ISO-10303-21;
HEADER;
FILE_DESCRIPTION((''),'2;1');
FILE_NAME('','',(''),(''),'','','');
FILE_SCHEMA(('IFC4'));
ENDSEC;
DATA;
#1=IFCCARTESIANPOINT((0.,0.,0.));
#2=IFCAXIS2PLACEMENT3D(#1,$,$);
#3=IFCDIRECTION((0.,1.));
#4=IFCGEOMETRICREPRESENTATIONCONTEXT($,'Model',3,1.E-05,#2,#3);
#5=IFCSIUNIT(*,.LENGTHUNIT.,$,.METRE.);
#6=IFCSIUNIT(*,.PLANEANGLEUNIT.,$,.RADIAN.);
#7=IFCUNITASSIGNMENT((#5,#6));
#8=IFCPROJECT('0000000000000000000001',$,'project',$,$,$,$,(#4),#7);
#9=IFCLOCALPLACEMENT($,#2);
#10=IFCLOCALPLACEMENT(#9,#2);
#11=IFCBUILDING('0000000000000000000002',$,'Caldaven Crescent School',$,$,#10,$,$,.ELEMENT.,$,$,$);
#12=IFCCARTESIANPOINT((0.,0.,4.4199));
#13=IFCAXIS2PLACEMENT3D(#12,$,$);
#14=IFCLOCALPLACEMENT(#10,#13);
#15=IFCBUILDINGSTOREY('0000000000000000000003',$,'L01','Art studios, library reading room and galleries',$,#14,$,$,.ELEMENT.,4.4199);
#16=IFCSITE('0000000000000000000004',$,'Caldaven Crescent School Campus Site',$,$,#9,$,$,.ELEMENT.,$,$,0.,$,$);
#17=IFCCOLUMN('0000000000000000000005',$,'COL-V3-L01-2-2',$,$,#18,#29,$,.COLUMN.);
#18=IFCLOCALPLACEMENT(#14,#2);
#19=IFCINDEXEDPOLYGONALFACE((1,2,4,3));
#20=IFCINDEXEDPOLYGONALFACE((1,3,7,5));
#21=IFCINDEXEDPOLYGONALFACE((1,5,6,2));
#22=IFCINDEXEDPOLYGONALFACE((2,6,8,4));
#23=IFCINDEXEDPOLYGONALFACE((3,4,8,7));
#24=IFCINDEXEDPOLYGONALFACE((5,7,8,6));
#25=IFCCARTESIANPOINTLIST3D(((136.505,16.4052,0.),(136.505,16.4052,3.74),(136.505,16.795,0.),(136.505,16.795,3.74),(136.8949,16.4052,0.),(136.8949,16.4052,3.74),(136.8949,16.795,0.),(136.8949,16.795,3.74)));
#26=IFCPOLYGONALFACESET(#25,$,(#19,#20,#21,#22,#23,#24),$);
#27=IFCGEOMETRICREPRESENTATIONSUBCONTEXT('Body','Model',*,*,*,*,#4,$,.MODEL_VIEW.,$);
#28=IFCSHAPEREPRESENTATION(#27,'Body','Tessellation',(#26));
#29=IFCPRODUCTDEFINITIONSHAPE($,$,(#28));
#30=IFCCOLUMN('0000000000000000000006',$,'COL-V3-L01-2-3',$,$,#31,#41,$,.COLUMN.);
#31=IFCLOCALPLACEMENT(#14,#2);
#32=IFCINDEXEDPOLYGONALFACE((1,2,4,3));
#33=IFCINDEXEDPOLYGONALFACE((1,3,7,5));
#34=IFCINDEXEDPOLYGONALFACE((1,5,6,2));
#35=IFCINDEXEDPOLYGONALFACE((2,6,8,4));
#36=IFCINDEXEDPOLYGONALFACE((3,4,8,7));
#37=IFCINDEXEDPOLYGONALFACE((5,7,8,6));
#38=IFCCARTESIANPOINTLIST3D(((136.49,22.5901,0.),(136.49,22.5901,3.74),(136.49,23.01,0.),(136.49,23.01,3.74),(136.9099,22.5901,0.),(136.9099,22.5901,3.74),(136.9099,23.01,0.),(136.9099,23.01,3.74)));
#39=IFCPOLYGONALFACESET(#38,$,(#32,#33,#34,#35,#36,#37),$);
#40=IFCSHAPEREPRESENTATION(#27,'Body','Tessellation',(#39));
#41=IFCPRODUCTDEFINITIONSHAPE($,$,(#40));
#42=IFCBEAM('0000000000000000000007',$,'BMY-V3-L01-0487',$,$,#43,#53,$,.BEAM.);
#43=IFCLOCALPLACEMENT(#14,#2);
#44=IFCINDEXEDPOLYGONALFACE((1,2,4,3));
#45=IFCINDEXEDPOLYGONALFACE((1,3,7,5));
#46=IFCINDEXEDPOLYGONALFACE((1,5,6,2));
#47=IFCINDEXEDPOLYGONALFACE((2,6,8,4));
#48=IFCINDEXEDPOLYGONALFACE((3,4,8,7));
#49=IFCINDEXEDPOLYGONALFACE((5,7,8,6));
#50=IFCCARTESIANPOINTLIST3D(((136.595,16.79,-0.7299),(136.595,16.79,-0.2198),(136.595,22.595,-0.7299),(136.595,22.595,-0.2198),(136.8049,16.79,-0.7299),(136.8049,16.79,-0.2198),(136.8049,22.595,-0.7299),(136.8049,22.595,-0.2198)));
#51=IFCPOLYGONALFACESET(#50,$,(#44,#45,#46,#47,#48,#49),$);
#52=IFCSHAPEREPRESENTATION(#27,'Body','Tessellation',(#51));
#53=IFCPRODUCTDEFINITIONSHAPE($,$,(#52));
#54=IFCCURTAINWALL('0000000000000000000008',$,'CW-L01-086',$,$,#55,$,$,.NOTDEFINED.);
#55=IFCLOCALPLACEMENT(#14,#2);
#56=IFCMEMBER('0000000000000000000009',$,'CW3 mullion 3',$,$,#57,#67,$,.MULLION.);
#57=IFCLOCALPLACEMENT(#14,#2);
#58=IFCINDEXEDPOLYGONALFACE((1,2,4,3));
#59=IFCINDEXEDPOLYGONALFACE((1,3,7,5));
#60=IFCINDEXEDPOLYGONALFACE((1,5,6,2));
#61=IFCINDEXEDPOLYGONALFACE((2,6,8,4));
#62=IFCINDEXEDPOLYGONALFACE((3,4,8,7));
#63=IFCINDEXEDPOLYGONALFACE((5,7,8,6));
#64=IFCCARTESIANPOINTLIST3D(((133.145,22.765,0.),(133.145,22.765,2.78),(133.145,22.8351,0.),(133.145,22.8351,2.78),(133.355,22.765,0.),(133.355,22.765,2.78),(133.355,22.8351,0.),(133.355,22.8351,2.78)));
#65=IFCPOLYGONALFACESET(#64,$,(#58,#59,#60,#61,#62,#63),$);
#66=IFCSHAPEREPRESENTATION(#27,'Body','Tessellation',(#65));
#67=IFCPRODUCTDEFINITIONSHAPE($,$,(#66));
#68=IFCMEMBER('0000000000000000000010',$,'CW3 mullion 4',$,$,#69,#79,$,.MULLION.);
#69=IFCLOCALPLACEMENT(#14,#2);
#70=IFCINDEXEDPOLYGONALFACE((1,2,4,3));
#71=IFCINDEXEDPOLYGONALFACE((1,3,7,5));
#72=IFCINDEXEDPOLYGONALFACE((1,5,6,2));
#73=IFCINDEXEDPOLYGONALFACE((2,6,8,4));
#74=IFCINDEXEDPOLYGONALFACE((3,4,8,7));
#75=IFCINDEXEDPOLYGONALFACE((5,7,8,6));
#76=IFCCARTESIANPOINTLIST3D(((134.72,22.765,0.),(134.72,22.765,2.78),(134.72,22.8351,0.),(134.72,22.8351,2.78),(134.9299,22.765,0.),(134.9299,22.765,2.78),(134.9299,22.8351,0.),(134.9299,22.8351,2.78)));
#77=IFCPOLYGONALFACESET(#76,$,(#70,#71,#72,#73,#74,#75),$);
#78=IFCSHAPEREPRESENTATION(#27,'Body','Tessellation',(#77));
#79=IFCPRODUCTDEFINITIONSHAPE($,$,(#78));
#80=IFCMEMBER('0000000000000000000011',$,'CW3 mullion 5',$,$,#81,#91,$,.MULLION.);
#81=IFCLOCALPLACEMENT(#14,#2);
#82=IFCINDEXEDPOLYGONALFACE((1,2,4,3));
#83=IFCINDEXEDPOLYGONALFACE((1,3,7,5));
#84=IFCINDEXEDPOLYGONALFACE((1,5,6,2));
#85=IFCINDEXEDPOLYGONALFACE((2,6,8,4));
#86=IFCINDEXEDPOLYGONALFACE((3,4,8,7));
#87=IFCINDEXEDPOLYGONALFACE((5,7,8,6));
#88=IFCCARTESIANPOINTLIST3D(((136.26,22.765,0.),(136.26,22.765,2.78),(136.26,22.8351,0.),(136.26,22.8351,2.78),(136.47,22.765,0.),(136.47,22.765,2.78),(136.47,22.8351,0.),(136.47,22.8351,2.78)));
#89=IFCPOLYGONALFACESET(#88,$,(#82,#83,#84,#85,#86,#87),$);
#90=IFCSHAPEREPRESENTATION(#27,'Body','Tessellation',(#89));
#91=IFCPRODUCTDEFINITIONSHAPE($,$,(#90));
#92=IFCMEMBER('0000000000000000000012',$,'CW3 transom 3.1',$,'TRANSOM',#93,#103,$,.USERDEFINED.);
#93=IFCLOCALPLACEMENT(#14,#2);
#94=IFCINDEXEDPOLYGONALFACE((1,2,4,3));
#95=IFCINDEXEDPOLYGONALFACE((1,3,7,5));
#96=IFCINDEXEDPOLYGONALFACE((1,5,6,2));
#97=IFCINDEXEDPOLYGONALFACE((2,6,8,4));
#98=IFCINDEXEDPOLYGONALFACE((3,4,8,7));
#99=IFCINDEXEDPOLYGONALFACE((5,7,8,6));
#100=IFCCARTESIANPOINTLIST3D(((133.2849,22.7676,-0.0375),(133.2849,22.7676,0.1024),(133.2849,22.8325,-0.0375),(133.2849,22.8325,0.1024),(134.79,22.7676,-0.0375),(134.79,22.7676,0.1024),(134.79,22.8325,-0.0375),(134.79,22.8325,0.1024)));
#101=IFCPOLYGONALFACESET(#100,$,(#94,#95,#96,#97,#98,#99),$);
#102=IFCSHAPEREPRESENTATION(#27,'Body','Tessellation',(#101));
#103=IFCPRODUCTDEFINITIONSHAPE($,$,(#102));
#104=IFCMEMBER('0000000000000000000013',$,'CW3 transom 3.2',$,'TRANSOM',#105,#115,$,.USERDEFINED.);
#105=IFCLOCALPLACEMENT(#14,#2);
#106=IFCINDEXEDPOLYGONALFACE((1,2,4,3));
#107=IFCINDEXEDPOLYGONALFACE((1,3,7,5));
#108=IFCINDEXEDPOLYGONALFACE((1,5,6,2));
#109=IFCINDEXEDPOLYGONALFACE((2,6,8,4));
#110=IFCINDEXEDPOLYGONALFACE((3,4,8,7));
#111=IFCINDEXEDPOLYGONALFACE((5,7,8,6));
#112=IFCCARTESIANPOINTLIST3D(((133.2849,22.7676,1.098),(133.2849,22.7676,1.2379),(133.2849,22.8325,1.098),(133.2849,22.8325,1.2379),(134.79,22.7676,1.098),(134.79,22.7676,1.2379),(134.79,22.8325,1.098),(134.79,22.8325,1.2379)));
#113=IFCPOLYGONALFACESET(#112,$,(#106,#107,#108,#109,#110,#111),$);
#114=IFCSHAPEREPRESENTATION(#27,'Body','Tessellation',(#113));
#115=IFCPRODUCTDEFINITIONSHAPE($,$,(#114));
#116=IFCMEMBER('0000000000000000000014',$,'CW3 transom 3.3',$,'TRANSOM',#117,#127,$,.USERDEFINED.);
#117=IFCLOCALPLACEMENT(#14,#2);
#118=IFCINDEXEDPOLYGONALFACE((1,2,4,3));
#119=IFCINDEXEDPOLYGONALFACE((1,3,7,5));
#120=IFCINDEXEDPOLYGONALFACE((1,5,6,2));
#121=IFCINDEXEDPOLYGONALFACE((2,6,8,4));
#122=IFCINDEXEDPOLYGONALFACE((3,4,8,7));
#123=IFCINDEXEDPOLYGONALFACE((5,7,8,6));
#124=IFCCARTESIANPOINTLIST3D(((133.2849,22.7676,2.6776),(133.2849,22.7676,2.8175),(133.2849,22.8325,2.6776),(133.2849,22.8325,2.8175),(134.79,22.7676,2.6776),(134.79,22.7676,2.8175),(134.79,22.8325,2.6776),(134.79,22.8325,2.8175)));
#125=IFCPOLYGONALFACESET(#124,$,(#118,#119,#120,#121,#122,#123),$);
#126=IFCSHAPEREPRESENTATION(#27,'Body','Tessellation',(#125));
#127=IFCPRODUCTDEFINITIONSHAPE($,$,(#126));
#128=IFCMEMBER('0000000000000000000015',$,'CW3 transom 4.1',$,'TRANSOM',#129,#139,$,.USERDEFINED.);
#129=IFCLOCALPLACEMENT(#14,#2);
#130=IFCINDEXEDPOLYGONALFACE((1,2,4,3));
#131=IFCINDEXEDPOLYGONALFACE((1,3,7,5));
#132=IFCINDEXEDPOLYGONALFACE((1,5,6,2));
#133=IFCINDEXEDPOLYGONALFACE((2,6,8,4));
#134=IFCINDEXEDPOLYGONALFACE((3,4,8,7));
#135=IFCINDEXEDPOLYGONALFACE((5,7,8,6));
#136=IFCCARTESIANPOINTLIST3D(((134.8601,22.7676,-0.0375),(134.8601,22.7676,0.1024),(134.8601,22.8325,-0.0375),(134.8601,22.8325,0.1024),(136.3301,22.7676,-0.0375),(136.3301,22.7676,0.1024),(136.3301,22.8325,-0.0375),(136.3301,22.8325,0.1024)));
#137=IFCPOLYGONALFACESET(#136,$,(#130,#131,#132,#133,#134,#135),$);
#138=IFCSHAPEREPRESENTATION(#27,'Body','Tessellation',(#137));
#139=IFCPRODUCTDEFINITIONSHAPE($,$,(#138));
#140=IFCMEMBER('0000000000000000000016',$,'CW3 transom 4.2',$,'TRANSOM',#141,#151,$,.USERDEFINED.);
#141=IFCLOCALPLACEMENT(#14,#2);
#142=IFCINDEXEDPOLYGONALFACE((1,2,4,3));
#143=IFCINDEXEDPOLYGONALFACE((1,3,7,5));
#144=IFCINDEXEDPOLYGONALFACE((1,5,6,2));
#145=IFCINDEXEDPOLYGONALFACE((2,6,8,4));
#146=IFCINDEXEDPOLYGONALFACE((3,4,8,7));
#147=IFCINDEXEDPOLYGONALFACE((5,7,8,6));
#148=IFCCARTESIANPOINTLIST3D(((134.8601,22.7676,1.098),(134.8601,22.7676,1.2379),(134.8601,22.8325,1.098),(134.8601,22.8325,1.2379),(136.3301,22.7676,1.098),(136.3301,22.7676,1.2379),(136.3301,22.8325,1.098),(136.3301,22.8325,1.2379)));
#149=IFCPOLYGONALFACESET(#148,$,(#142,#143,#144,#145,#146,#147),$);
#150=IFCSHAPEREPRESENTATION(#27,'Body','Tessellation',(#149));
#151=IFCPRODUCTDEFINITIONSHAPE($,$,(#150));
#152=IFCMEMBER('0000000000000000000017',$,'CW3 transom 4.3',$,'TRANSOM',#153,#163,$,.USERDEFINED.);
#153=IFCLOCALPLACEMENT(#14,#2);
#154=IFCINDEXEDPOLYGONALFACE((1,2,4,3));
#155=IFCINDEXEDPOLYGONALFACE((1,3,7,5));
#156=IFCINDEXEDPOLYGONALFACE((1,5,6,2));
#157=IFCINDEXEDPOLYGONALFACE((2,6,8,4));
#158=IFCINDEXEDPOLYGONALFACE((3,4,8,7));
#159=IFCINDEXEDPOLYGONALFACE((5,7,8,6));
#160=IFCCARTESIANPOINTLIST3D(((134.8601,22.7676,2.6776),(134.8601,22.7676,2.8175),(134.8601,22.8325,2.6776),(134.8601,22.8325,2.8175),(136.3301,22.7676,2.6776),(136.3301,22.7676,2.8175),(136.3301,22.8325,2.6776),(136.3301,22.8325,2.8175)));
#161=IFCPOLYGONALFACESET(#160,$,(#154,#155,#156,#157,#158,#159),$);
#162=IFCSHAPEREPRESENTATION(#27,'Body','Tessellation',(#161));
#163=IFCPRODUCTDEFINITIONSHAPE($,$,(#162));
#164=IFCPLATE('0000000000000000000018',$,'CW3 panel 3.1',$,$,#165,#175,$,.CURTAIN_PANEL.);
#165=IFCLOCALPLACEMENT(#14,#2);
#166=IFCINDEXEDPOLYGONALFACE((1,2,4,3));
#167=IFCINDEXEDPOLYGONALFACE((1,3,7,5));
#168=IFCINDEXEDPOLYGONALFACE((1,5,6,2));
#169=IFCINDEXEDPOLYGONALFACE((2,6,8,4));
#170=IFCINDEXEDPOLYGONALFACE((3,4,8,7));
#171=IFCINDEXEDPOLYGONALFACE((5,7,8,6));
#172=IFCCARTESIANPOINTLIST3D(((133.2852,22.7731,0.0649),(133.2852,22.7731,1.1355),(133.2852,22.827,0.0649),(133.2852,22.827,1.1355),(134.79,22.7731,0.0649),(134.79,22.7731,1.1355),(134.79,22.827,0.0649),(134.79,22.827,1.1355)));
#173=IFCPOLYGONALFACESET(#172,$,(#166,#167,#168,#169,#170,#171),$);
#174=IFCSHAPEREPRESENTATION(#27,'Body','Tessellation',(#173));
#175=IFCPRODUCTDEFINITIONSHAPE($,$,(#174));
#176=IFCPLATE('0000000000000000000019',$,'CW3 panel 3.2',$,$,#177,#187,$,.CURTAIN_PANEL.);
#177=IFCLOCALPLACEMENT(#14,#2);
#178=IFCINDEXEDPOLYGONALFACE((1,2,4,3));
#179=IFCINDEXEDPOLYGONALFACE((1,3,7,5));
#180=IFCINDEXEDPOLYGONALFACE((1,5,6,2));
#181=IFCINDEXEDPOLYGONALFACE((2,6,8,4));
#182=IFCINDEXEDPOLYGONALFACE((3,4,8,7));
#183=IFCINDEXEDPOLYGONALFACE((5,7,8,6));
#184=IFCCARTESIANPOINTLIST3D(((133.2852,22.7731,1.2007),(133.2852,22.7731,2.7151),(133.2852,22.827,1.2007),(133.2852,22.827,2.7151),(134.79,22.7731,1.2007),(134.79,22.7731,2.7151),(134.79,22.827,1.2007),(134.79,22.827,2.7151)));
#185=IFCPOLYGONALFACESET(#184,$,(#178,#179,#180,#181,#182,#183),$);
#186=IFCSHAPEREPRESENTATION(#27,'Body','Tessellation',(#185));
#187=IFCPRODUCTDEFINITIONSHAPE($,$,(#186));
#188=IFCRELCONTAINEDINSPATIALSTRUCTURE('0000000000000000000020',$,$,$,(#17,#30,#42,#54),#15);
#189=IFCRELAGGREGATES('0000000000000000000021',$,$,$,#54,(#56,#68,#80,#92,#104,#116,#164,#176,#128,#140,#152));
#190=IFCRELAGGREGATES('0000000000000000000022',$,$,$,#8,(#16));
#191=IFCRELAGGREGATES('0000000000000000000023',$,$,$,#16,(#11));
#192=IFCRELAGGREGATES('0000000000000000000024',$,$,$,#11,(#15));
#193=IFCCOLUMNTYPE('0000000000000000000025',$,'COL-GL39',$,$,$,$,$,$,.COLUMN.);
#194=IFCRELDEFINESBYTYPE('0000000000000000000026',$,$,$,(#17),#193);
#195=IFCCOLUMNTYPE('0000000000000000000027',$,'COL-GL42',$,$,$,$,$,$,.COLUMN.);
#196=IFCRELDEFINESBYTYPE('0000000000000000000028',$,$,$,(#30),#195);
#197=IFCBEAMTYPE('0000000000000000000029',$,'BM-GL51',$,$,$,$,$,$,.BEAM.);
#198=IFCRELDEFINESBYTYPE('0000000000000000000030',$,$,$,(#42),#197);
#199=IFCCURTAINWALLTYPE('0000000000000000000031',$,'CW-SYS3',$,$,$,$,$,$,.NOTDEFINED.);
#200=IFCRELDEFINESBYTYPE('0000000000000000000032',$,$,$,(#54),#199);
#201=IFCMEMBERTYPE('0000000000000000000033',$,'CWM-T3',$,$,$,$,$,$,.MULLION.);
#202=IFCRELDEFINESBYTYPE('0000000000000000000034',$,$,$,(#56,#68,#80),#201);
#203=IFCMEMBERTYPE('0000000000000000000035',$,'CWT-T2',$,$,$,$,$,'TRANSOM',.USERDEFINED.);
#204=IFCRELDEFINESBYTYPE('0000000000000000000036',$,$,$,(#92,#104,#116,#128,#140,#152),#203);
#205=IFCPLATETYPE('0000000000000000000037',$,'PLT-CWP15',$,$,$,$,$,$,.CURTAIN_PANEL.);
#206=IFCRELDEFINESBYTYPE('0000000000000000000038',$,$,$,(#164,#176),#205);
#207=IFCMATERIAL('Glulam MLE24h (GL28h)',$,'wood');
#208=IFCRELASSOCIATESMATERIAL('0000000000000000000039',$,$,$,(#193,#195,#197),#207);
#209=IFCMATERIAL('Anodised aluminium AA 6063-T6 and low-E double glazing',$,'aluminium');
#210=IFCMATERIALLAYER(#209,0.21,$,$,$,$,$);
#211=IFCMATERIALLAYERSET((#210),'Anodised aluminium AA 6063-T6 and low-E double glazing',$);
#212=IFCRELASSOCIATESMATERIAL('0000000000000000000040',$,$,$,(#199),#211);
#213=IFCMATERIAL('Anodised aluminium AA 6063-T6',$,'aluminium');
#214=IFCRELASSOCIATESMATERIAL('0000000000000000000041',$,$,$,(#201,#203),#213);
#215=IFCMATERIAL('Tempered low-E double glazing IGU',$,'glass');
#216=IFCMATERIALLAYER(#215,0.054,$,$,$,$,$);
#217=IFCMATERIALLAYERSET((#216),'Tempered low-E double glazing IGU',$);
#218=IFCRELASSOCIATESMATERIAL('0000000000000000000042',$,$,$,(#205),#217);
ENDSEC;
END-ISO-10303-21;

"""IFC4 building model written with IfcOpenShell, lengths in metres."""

from ifc_helpers import new_model, si_unit, direction, frame, origin, origin_2d, place, context, subcontext, project, spatial, rectangle, extrude, material, layer, layer_set, material_profile, profile_set, type_object, element, aggregate, save


model = new_model("IFC4")

# Units and contexts
model_context = context("Model", 3, precision=1e-05, world=origin(), true_north=direction((0.0, 1.0)))
body_context = subcontext(model_context, "Body", "Model", "MODEL_VIEW")
ifc_project = project(units=[si_unit("LENGTHUNIT", "METRE"), si_unit("PLANEANGLEUNIT", "RADIAN")], contexts=[model_context])

# Site, building, storey
site_placement = place(None, origin())
site = spatial("IfcSite", under=ifc_project, at=site_placement, Name="Caldaven Crescent School Campus Site", CompositionType="ELEMENT", RefElevation=0.0)
building_placement = place(site_placement, origin())
building = spatial("IfcBuilding", under=site, at=building_placement, Name="Caldaven Crescent School", CompositionType="ELEMENT")
storey_placement = place(building_placement, frame((0.0, 0.0, 4.4199)))
storey = spatial("IfcBuildingStorey", under=building, at=storey_placement, Name="L01", Description="Art studios, library reading room and galleries", CompositionType="ELEMENT", Elevation=4.4199)

# Columns
ifc_material_1 = material(Name="Glulam MLE24h (GL28h)", Category="wood")
ifc_material_profile_1 = material_profile(ifc_material_1, rectangle(XDim=0.3899, YDim=0.3899, at=origin_2d()), Name="MLE 390x390")
ifc_profile_set_1 = profile_set([ifc_material_profile_1], Name="Glulam MLE24h (GL28h)")
column_type_1 = type_object("IfcColumnType", Name="COL-GL39", PredefinedType="COLUMN", material=ifc_profile_set_1)
column_1_placement = place(storey_placement, frame((136.7, 16.6001, 0.0), z_axis=(0.0, 0.0, 1.0), x_axis=(1.0, 0.0, 0.0)))
element("IfcColumn", 1, at=column_1_placement, inside=storey, type_object=column_type_1, Name="COL-V3-L01-2-2", PredefinedType="COLUMN", context=body_context, shape_type="SweptSolid", body=[
    extrude(rectangle(XDim=0.3899, YDim=0.3899, at=origin_2d()), origin(), (0.0, 0.0, 1.0), 3.74),
])
ifc_material_profile_2 = material_profile(ifc_material_1, rectangle(XDim=0.4199, YDim=0.4199, at=origin_2d()), Name="MLE 420x420")
ifc_profile_set_2 = profile_set([ifc_material_profile_2], Name="Glulam MLE24h (GL28h)")
column_type_2 = type_object("IfcColumnType", Name="COL-GL42", PredefinedType="COLUMN", material=ifc_profile_set_2)
column_2_placement = place(storey_placement, frame((136.7, 22.8, 0.0), z_axis=(0.0, 0.0, 1.0), x_axis=(1.0, 0.0, 0.0)))
element("IfcColumn", 2, at=column_2_placement, inside=storey, type_object=column_type_2, Name="COL-V3-L01-2-3", PredefinedType="COLUMN", context=body_context, shape_type="SweptSolid", body=[
    extrude(rectangle(XDim=0.4199, YDim=0.4199, at=origin_2d()), origin(), (0.0, 0.0, 1.0), 3.74),
])

# Beam
ifc_material_profile_3 = material_profile(ifc_material_1, rectangle(XDim=0.21, YDim=0.51, at=origin_2d()), Name="MLE 210x510")
ifc_profile_set_3 = profile_set([ifc_material_profile_3], Name="Glulam MLE24h (GL28h)")
beam_type = type_object("IfcBeamType", Name="BM-GL51", PredefinedType="BEAM", material=ifc_profile_set_3)
beam_placement = place(storey_placement, frame((136.7, 16.79, -0.4749), z_axis=(0.0, 1.0, 0.0), x_axis=(-1.0, 0.0, 0.0)))
element("IfcBeam", 3, at=beam_placement, inside=storey, type_object=beam_type, Name="BMY-V3-L01-0487", PredefinedType="BEAM", context=body_context, shape_type="SweptSolid", body=[
    extrude(rectangle(XDim=0.21, YDim=0.51, at=origin_2d()), origin(), (0.0, 0.0, 1.0), 5.8049),
])

# Curtain wall, members, plates
ifc_material_2 = material(Name="Anodised aluminium AA 6063-T6 and low-E double glazing", Category="aluminium")
ifc_layer_1 = layer(ifc_material_2, 0.21)
ifc_layer_set_1 = layer_set([ifc_layer_1], Name="Anodised aluminium AA 6063-T6 and low-E double glazing")
curtain_wall_type = type_object("IfcCurtainWallType", Name="CW-SYS3", PredefinedType="NOTDEFINED", material=ifc_layer_set_1)
curtain_wall_placement = place(storey_placement, origin())
curtain_wall = element("IfcCurtainWall", 4, at=curtain_wall_placement, inside=storey, type_object=curtain_wall_type, Name="CW-L01-086", PredefinedType="NOTDEFINED")
ifc_material_3 = material(Name="Anodised aluminium AA 6063-T6", Category="aluminium")
ifc_material_profile_4 = material_profile(ifc_material_3, rectangle(XDim=0.0701, YDim=0.21, at=origin_2d()), Name="CWM 70x210")
ifc_profile_set_4 = profile_set([ifc_material_profile_4], Name="Anodised aluminium AA 6063-T6")
member_type_1 = type_object("IfcMemberType", Name="CWM-T3", PredefinedType="MULLION", material=ifc_profile_set_4)
member_1_placement = place(storey_placement, frame((133.25, 22.8, 0.0), z_axis=(0.0, 0.0, 1.0), x_axis=(0.0, 1.0, 0.0)))
member_1 = element("IfcMember", 5, at=member_1_placement, type_object=member_type_1, Name="CW3 mullion 3", PredefinedType="MULLION", context=body_context, shape_type="SweptSolid", body=[
    extrude(rectangle(XDim=0.0701, YDim=0.21, at=origin_2d()), origin(), (0.0, 0.0, 1.0), 2.78),
])
member_2_placement = place(storey_placement, frame((134.825, 22.8, 0.0), z_axis=(0.0, 0.0, 1.0), x_axis=(0.0, 1.0, 0.0)))
member_2 = element("IfcMember", 6, at=member_2_placement, type_object=member_type_1, Name="CW3 mullion 4", PredefinedType="MULLION", context=body_context, shape_type="SweptSolid", body=[
    extrude(rectangle(XDim=0.0701, YDim=0.21, at=origin_2d()), origin(), (0.0, 0.0, 1.0), 2.78),
])
member_3_placement = place(storey_placement, frame((136.365, 22.8, 0.0), z_axis=(0.0, 0.0, 1.0), x_axis=(0.0, 1.0, 0.0)))
member_3 = element("IfcMember", 7, at=member_3_placement, type_object=member_type_1, Name="CW3 mullion 5", PredefinedType="MULLION", context=body_context, shape_type="SweptSolid", body=[
    extrude(rectangle(XDim=0.0701, YDim=0.21, at=origin_2d()), origin(), (0.0, 0.0, 1.0), 2.78),
])
ifc_material_profile_5 = material_profile(ifc_material_3, rectangle(XDim=0.0649, YDim=0.1399, at=origin_2d()), Name="CWT 65x140")
ifc_profile_set_5 = profile_set([ifc_material_profile_5], Name="Anodised aluminium AA 6063-T6")
member_type_2 = type_object("IfcMemberType", Name="CWT-T2", ElementType="TRANSOM", PredefinedType="USERDEFINED", material=ifc_profile_set_5)
member_4_placement = place(storey_placement, frame((133.2849, 22.8, 0.0325), z_axis=(1.0, 0.0, 0.0), x_axis=(0.0, 1.0, 0.0)))
member_4 = element("IfcMember", 8, at=member_4_placement, type_object=member_type_2, Name="CW3 transom 3.1", ObjectType="TRANSOM", PredefinedType="USERDEFINED", context=body_context, shape_type="SweptSolid", body=[
    extrude(rectangle(XDim=0.0649, YDim=0.1399, at=origin_2d()), origin(), (0.0, 0.0, 1.0), 1.5051),
])
member_5_placement = place(storey_placement, frame((133.2849, 22.8, 1.168), z_axis=(1.0, 0.0, 0.0), x_axis=(0.0, 1.0, 0.0)))
member_5 = element("IfcMember", 9, at=member_5_placement, type_object=member_type_2, Name="CW3 transom 3.2", ObjectType="TRANSOM", PredefinedType="USERDEFINED", context=body_context, shape_type="SweptSolid", body=[
    extrude(rectangle(XDim=0.0649, YDim=0.1399, at=origin_2d()), origin(), (0.0, 0.0, 1.0), 1.5051),
])
member_6_placement = place(storey_placement, frame((133.2849, 22.8, 2.7476), z_axis=(1.0, 0.0, 0.0), x_axis=(0.0, 1.0, 0.0)))
member_6 = element("IfcMember", 10, at=member_6_placement, type_object=member_type_2, Name="CW3 transom 3.3", ObjectType="TRANSOM", PredefinedType="USERDEFINED", context=body_context, shape_type="SweptSolid", body=[
    extrude(rectangle(XDim=0.0649, YDim=0.1399, at=origin_2d()), origin(), (0.0, 0.0, 1.0), 1.5051),
])
member_7_placement = place(storey_placement, frame((134.8601, 22.8, 0.0325), z_axis=(1.0, 0.0, 0.0), x_axis=(0.0, 1.0, 0.0)))
member_7 = element("IfcMember", 11, at=member_7_placement, type_object=member_type_2, Name="CW3 transom 4.1", ObjectType="TRANSOM", PredefinedType="USERDEFINED", context=body_context, shape_type="SweptSolid", body=[
    extrude(rectangle(XDim=0.0649, YDim=0.1399, at=origin_2d()), origin(), (0.0, 0.0, 1.0), 1.47),
])
member_8_placement = place(storey_placement, frame((134.8601, 22.8, 1.168), z_axis=(1.0, 0.0, 0.0), x_axis=(0.0, 1.0, 0.0)))
member_8 = element("IfcMember", 12, at=member_8_placement, type_object=member_type_2, Name="CW3 transom 4.2", ObjectType="TRANSOM", PredefinedType="USERDEFINED", context=body_context, shape_type="SweptSolid", body=[
    extrude(rectangle(XDim=0.0649, YDim=0.1399, at=origin_2d()), origin(), (0.0, 0.0, 1.0), 1.47),
])
member_9_placement = place(storey_placement, frame((134.8601, 22.8, 2.7476), z_axis=(1.0, 0.0, 0.0), x_axis=(0.0, 1.0, 0.0)))
member_9 = element("IfcMember", 13, at=member_9_placement, type_object=member_type_2, Name="CW3 transom 4.3", ObjectType="TRANSOM", PredefinedType="USERDEFINED", context=body_context, shape_type="SweptSolid", body=[
    extrude(rectangle(XDim=0.0649, YDim=0.1399, at=origin_2d()), origin(), (0.0, 0.0, 1.0), 1.47),
])
ifc_material_4 = material(Name="Tempered low-E double glazing IGU", Category="glass")
ifc_layer_2 = layer(ifc_material_4, 0.054)
ifc_layer_set_2 = layer_set([ifc_layer_2], Name="Tempered low-E double glazing IGU")
plate_type = type_object("IfcPlateType", Name="PLT-CWP15", PredefinedType="CURTAIN_PANEL", material=ifc_layer_set_2)
plate_1_placement = place(storey_placement, frame((134.0376, 22.8, 0.0649), z_axis=(0.0, 0.0, 1.0), x_axis=(1.0, 0.0, 0.0)))
plate_1 = element("IfcPlate", 14, at=plate_1_placement, type_object=plate_type, Name="CW3 panel 3.1", PredefinedType="CURTAIN_PANEL", context=body_context, shape_type="SweptSolid", body=[
    extrude(rectangle(XDim=1.5049, YDim=0.054, at=origin_2d()), origin(), (0.0, 0.0, 1.0), 1.0706),
])
plate_2_placement = place(storey_placement, frame((134.0376, 22.8, 1.2007), z_axis=(0.0, 0.0, 1.0), x_axis=(1.0, 0.0, 0.0)))
plate_2 = element("IfcPlate", 15, at=plate_2_placement, type_object=plate_type, Name="CW3 panel 3.2", PredefinedType="CURTAIN_PANEL", context=body_context, shape_type="SweptSolid", body=[
    extrude(rectangle(XDim=1.5049, YDim=0.054, at=origin_2d()), origin(), (0.0, 0.0, 1.0), 1.5144),
])
aggregate(curtain_wall, [member_1, member_2, member_3, member_4, member_5, member_6, plate_1, plate_2, member_7, member_8, member_9])

save(model, "model.ifc")
